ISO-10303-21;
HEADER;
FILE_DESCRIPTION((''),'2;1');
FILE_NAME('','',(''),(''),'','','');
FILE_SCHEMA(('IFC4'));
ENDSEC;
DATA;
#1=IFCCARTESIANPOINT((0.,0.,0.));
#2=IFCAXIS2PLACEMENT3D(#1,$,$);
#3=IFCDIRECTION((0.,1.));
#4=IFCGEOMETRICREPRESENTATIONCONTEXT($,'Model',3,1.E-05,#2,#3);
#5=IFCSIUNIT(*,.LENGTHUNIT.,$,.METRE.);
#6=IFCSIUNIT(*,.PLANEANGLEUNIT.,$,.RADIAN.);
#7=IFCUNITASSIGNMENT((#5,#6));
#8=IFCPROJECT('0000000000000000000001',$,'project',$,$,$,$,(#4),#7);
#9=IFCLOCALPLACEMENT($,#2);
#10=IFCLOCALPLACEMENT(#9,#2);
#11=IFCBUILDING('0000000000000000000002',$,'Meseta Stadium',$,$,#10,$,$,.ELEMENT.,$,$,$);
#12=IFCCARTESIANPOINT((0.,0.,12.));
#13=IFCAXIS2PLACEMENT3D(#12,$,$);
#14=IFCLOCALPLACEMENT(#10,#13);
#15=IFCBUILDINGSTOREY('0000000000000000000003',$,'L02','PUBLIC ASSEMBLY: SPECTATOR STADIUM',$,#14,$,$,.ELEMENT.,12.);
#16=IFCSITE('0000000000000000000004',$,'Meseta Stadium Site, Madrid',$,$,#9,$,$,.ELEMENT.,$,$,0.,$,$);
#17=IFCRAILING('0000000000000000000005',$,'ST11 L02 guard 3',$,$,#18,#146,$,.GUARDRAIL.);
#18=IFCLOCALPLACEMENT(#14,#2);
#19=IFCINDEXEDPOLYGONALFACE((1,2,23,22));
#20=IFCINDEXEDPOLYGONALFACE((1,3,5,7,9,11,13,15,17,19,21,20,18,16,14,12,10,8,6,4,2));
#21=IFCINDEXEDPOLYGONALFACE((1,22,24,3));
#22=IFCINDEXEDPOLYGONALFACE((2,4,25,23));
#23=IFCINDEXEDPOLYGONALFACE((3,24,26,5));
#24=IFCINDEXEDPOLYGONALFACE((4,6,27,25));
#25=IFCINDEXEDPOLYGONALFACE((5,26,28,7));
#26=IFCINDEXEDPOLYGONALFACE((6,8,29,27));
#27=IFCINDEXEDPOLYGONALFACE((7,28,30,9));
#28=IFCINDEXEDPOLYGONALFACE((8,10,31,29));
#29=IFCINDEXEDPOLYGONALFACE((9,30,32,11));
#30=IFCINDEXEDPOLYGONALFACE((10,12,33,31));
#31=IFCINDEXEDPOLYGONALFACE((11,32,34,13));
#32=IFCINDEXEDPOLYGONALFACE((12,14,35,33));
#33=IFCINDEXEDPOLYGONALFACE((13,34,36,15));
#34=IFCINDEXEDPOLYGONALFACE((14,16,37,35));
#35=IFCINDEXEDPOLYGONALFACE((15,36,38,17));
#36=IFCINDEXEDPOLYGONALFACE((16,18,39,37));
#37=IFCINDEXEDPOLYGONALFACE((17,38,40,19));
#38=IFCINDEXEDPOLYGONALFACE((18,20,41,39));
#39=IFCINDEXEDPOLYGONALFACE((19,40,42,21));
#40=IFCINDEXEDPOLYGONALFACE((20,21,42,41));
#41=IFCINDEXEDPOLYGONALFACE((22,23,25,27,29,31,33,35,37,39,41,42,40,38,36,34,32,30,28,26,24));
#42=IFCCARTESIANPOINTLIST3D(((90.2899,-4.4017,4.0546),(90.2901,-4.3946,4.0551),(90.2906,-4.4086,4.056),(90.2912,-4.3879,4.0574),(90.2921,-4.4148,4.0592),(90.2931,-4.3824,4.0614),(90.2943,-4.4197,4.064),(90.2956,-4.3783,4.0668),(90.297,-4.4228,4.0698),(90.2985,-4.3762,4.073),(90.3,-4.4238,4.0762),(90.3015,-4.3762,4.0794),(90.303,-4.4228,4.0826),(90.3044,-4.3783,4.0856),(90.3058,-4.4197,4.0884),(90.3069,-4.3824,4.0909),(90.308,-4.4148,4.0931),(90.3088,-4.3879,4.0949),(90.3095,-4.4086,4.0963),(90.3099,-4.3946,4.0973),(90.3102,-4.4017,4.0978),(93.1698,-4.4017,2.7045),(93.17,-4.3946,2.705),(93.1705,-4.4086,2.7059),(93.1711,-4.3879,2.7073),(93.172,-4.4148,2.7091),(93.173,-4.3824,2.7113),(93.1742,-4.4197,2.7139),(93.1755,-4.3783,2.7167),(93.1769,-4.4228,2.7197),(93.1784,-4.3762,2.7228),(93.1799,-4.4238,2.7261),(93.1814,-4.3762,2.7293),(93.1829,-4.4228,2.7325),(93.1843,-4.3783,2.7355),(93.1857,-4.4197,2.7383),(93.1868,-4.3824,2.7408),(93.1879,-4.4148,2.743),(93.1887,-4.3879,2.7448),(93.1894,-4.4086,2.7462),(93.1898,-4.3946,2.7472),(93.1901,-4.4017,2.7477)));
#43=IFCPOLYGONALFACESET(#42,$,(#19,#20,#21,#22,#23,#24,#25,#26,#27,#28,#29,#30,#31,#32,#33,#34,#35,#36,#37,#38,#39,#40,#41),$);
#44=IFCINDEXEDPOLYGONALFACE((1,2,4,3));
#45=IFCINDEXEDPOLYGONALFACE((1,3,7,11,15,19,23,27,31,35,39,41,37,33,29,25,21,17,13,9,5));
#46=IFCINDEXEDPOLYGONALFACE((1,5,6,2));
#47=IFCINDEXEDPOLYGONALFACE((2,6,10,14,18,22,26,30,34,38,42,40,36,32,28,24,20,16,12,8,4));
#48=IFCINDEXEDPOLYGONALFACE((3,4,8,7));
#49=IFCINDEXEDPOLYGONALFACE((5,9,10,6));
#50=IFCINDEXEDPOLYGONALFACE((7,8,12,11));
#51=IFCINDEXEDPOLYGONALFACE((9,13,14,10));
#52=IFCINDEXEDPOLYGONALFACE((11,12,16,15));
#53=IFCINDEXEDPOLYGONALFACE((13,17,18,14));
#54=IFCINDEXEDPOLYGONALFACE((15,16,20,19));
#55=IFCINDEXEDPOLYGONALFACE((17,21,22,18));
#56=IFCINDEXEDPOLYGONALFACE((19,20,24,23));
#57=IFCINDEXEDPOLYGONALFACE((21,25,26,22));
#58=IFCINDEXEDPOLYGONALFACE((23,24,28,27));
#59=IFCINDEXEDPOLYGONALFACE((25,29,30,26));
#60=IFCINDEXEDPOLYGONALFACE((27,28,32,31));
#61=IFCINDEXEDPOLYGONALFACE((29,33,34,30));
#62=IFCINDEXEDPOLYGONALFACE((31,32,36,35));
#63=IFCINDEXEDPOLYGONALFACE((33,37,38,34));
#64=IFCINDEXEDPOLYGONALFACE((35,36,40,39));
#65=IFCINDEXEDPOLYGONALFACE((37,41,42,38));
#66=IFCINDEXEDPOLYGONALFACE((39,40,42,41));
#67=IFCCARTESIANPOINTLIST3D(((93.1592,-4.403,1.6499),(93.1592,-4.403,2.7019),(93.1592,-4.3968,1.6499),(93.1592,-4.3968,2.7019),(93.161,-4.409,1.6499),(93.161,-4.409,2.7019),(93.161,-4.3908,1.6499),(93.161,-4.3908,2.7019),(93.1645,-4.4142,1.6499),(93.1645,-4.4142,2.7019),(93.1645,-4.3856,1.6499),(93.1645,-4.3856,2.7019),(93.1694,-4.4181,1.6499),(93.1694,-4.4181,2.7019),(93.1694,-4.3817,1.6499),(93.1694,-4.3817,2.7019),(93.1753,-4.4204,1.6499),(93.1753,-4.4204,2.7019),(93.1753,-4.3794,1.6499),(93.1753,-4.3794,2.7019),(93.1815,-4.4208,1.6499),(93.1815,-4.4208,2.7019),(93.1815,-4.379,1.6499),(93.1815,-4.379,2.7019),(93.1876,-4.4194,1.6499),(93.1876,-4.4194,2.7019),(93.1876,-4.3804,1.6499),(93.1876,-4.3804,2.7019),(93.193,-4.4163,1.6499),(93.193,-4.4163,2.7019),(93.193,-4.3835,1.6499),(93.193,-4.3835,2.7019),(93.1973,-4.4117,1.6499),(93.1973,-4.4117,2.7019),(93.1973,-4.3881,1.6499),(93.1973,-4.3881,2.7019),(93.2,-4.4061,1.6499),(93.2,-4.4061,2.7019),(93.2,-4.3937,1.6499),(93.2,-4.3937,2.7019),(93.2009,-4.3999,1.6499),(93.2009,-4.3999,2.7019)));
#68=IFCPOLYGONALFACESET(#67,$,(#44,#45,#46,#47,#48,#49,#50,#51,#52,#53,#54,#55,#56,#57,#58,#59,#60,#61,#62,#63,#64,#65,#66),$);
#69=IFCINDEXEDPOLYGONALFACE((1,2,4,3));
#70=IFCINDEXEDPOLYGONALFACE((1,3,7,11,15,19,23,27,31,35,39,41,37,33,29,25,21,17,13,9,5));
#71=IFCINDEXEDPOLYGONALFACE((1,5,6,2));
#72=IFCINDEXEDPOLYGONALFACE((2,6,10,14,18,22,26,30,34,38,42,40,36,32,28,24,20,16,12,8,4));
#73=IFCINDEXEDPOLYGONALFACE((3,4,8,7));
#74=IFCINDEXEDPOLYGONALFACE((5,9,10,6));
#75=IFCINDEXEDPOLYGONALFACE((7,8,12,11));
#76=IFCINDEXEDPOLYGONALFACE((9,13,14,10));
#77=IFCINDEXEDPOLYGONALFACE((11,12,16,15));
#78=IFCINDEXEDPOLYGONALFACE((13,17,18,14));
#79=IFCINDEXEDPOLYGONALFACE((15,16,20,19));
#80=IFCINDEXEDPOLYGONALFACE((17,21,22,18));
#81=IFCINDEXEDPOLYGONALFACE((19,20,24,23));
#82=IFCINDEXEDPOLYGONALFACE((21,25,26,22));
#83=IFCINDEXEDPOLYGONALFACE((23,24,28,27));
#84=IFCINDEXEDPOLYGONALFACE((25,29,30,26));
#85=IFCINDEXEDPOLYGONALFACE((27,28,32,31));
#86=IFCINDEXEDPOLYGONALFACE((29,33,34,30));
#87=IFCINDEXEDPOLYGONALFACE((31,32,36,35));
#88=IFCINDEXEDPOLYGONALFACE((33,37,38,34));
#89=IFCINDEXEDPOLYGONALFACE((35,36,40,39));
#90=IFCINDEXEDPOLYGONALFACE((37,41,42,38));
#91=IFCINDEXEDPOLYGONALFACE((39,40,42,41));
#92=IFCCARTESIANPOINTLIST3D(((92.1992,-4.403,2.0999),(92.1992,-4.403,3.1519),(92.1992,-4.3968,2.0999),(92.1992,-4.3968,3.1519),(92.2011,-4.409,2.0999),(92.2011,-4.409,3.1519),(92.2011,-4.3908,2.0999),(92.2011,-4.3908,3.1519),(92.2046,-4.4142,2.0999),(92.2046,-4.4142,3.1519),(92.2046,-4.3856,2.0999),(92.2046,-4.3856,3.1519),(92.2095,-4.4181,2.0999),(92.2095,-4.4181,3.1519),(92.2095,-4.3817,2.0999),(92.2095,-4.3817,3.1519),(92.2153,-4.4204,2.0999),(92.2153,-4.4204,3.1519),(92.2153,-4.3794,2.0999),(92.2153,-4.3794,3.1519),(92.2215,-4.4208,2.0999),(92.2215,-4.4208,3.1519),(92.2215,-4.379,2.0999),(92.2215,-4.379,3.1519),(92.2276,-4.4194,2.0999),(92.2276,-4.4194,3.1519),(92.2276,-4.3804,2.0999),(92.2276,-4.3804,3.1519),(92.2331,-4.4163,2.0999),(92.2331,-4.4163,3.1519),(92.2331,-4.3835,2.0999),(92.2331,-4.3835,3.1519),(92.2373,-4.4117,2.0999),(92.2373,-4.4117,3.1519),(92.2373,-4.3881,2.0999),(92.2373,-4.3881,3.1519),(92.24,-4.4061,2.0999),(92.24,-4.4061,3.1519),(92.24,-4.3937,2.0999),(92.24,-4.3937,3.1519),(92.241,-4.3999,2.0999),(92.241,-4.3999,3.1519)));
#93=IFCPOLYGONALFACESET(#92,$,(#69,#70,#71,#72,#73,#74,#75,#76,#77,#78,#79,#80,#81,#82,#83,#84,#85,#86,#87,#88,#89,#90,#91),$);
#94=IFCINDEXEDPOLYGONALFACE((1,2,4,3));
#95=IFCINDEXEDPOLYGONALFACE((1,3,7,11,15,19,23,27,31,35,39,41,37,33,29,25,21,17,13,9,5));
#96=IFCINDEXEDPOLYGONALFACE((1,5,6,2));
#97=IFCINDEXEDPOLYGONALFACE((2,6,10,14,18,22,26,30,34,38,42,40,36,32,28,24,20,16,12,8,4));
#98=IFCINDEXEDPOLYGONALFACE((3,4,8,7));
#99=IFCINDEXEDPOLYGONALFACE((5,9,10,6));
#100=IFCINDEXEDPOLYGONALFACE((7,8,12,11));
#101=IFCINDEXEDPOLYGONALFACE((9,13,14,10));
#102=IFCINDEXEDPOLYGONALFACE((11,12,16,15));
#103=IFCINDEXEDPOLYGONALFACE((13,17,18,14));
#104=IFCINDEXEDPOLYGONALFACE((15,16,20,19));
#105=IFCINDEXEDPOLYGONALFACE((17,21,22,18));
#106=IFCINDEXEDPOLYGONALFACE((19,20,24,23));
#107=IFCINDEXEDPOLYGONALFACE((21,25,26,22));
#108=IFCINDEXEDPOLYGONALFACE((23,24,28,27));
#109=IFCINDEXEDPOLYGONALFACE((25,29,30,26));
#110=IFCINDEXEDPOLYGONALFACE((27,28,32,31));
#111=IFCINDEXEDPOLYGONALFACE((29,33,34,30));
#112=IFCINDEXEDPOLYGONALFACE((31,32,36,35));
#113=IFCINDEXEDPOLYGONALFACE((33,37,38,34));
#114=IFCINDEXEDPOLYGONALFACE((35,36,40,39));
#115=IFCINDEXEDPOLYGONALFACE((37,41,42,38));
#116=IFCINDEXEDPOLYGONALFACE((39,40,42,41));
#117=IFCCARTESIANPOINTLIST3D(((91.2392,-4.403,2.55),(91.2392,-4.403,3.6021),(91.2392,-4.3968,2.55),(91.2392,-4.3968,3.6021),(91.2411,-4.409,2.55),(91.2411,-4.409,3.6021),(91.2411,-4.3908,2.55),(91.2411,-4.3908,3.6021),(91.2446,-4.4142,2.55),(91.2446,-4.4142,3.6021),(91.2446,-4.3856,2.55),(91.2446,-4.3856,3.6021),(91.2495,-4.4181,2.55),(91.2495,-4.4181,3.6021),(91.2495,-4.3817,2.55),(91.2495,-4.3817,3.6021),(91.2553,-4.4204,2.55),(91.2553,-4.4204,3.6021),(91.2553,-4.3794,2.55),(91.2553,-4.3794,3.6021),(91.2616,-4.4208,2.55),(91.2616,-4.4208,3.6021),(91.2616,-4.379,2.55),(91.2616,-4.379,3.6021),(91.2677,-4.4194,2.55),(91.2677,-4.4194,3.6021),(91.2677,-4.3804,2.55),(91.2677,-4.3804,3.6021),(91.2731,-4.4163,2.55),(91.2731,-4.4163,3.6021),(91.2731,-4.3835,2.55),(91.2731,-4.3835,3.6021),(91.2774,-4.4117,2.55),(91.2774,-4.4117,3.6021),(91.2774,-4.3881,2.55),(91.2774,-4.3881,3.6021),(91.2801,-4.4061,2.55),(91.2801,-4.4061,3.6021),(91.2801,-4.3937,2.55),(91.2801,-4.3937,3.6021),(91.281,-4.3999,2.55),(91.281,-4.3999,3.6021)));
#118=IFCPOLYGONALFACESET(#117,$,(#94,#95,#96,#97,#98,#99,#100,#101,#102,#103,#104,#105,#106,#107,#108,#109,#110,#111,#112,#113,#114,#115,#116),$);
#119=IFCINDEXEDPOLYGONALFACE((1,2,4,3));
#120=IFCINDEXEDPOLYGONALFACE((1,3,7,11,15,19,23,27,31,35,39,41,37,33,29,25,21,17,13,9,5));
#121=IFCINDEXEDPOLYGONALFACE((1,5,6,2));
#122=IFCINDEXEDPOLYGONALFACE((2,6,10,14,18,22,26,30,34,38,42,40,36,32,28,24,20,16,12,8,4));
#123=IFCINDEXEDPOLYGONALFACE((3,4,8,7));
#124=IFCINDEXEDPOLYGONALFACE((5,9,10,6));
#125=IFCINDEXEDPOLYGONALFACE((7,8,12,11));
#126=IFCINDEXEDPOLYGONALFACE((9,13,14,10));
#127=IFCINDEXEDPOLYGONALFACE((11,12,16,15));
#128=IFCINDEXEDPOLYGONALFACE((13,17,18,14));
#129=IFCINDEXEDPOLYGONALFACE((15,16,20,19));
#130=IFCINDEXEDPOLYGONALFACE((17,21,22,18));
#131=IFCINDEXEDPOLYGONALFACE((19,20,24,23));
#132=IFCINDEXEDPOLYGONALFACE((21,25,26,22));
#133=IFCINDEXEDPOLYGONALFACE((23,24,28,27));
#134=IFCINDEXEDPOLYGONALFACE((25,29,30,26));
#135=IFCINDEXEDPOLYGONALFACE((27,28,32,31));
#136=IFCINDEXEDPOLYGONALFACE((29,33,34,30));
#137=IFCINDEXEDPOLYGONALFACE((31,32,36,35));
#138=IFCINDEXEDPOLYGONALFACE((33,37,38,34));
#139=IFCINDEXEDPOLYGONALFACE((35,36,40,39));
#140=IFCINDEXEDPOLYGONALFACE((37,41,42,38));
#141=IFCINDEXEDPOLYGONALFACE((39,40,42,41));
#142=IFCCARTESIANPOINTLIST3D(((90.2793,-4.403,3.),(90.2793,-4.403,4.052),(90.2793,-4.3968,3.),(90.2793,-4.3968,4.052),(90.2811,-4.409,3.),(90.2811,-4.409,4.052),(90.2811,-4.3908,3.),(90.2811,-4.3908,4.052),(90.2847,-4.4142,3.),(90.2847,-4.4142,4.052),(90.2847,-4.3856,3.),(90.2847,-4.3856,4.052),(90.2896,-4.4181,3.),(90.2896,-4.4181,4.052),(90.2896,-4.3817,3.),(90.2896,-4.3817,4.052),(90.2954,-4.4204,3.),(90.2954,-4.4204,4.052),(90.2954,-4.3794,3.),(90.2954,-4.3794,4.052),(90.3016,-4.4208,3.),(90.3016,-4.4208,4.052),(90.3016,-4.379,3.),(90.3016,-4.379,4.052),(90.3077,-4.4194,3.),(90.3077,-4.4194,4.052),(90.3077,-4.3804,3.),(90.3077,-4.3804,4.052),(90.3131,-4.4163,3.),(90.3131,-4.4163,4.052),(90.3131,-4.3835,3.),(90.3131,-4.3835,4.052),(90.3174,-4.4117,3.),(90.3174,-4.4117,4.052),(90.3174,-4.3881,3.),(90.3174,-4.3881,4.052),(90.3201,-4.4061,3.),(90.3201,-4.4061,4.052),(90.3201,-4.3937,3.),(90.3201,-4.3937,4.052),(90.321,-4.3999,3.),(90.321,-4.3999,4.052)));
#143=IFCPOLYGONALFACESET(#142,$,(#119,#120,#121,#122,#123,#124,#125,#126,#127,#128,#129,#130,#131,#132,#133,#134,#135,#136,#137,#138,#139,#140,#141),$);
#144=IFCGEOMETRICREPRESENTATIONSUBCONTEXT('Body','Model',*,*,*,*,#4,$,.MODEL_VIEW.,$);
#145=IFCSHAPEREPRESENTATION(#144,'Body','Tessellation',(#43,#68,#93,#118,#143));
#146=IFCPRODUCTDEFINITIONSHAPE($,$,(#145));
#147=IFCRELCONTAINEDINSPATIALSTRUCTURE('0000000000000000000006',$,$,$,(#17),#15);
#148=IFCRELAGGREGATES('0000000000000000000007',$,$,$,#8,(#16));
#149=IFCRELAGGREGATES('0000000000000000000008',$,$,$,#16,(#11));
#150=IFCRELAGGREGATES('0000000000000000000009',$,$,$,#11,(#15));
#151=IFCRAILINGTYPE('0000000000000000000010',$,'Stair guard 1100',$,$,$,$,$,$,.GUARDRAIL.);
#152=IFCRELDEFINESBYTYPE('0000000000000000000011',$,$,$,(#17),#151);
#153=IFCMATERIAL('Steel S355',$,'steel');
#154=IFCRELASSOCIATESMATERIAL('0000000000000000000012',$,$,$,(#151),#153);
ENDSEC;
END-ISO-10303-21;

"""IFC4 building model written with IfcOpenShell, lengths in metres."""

from ifc_helpers import new_model, si_unit, direction, frame, origin, origin_2d, place, context, subcontext, project, spatial, circle, extrude, material, type_object, element, save


model = new_model("IFC4")

# Units and contexts
model_context = context("Model", 3, precision=1e-05, world=origin(), true_north=direction((0.0, 1.0)))
body_context = subcontext(model_context, "Body", "Model", "MODEL_VIEW")
ifc_project = project(units=[si_unit("LENGTHUNIT", "METRE"), si_unit("PLANEANGLEUNIT", "RADIAN")], contexts=[model_context])

# Site, building, storey
site_placement = place(None, origin())
site = spatial("IfcSite", under=ifc_project, at=site_placement, Name="Meseta Stadium Site, Madrid", CompositionType="ELEMENT", RefElevation=0.0)
building_placement = place(site_placement, origin())
building = spatial("IfcBuilding", under=site, at=building_placement, Name="Meseta Stadium", CompositionType="ELEMENT")
storey_placement = place(building_placement, frame((0.0, 0.0, 12.0)))
storey = spatial("IfcBuildingStorey", under=building, at=storey_placement, Name="L02", Description="PUBLIC ASSEMBLY: SPECTATOR STADIUM", CompositionType="ELEMENT", Elevation=12.0)

# Railing
ifc_material_1 = material(Name="Steel S355", Category="steel")
railing_type_1 = type_object("IfcRailingType", Name="Stair guard 1100", PredefinedType="GUARDRAIL", material=ifc_material_1)
railing_1_placement = place(storey_placement, frame((93.1799, -4.3999, 1.6499)))
element("IfcRailing", 1, at=railing_1_placement, inside=storey, type_object=railing_type_1, Name="ST11 L02 guard 3", PredefinedType="GUARDRAIL", context=body_context, shape_type="SweptSolid", body=[
    extrude(circle(Radius=0.0239, at=origin_2d()), frame((0.0, 0.0, 1.0762), z_axis=(-0.90544, 0.0, 0.424473), x_axis=(0.0, -1.0, 0.0)), (0.0, 0.0, 1.0), 3.1807),
    extrude(circle(Radius=0.021, at=origin_2d()), origin(), (0.0, 0.0, 1.0), 1.052),
    extrude(circle(Radius=0.021, at=origin_2d()), frame((-0.96, 0.0, 0.45)), (0.0, 0.0, 1.0), 1.052),
    extrude(circle(Radius=0.021, at=origin_2d()), frame((-1.9199, 0.0, 0.9001)), (0.0, 0.0, 1.0), 1.052),
    extrude(circle(Radius=0.021, at=origin_2d()), frame((-2.8799, 0.0, 1.3501)), (0.0, 0.0, 1.0), 1.052),
])

save(model, "model.ifc")
